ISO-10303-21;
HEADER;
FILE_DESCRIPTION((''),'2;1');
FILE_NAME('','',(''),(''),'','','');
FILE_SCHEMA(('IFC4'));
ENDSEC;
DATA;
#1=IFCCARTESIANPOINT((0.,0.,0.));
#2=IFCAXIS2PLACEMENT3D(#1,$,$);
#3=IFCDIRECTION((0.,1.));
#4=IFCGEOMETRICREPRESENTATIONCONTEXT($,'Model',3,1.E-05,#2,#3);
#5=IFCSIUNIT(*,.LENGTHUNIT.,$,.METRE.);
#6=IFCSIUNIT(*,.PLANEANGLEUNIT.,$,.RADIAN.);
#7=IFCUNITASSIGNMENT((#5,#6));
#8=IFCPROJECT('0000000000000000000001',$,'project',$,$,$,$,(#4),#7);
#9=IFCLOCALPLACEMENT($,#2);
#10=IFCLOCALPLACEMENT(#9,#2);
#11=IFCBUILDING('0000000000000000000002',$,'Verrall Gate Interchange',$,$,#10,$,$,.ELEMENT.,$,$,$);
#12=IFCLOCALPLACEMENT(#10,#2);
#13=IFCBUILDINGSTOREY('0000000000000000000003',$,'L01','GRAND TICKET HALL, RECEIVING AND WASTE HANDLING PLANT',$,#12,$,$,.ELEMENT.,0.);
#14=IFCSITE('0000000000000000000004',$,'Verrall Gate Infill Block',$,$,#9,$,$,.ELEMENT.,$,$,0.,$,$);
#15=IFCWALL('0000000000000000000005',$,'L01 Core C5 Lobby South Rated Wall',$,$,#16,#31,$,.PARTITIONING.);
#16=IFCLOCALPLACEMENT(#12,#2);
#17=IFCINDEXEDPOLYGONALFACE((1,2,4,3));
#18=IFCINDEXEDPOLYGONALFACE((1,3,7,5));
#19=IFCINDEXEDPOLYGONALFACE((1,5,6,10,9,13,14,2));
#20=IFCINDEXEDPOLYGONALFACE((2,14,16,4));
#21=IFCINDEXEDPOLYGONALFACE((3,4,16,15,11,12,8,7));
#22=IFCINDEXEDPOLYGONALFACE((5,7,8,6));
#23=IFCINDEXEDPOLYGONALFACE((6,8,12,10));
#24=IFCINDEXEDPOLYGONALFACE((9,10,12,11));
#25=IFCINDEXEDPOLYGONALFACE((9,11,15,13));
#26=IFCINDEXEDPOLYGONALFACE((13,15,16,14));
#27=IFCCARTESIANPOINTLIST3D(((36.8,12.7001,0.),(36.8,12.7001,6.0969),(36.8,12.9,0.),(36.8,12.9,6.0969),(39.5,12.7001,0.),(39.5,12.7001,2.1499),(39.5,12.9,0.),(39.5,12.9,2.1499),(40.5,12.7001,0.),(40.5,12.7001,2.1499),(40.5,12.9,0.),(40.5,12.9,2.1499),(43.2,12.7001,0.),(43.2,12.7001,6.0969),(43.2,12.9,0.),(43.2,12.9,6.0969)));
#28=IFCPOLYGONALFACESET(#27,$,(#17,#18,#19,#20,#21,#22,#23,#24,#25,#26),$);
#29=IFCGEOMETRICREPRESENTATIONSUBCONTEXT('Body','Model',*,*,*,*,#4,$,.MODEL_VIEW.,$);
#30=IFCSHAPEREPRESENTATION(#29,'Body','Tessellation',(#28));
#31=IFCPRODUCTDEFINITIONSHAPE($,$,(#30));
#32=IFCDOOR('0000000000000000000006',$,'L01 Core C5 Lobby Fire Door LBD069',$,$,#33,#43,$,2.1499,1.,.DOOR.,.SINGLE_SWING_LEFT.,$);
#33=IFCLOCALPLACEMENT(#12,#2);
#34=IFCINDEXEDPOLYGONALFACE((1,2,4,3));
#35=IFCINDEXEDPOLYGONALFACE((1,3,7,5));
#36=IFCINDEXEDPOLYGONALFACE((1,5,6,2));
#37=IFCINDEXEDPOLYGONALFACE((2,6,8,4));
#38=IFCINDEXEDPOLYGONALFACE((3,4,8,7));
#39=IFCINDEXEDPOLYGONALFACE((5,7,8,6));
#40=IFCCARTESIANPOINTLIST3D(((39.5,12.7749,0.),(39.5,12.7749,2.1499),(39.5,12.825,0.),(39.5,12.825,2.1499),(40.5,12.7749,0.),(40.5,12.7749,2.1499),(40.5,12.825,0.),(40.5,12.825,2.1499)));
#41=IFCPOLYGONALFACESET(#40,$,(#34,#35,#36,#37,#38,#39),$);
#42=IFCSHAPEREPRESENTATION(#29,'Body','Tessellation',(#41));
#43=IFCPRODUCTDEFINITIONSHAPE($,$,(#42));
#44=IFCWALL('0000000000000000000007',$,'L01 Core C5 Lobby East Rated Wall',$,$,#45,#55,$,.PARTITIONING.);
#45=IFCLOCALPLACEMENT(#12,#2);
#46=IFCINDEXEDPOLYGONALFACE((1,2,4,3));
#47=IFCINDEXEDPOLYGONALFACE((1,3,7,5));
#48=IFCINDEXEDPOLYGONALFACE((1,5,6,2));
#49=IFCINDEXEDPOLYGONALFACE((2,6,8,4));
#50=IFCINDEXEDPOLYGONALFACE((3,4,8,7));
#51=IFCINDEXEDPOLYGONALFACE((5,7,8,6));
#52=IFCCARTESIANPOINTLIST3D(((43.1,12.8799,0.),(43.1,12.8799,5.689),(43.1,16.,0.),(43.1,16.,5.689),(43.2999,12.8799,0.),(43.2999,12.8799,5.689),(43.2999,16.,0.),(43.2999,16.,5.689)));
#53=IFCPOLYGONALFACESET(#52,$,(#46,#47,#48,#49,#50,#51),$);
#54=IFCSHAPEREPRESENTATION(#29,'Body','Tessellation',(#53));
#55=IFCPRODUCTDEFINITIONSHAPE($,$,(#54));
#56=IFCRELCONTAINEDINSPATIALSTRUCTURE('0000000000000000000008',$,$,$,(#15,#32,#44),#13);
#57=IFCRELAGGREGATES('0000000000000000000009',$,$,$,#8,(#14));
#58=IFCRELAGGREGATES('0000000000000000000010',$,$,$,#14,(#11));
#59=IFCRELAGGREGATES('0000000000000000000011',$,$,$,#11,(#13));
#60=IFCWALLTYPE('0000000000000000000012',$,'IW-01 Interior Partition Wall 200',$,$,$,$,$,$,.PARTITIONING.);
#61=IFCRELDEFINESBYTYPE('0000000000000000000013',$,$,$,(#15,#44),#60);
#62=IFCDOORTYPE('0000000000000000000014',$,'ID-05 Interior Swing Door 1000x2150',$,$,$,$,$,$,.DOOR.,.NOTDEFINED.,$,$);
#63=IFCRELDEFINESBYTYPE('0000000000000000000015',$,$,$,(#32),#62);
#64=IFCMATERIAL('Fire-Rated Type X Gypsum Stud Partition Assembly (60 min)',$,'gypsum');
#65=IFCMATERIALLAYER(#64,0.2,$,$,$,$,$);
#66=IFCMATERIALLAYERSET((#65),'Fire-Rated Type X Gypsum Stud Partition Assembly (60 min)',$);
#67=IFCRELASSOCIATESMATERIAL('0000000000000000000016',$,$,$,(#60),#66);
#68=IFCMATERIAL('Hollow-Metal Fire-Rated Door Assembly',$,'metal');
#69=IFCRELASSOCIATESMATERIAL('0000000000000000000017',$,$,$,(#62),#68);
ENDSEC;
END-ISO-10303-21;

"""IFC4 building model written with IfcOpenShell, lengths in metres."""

from ifc_helpers import new_model, si_unit, direction, frame, frame_2d, origin, place, context, subcontext, project, spatial, rectangle, extrude, material, layer, layer_set, type_object, element, fill, save


model = new_model("IFC4")

# Units and contexts
model_context = context("Model", 3, precision=1e-05, world=origin(), true_north=direction((0.0, 1.0)))
body_context = subcontext(model_context, "Body", "Model", "MODEL_VIEW")
ifc_project = project(units=[si_unit("LENGTHUNIT", "METRE"), si_unit("PLANEANGLEUNIT", "RADIAN")], contexts=[model_context])

# Site, building, storey
site_placement = place(None, origin())
site = spatial("IfcSite", under=ifc_project, at=site_placement, Name="Verrall Gate Infill Block", CompositionType="ELEMENT", RefElevation=0.0)
building_placement = place(site_placement, origin())
building = spatial("IfcBuilding", under=site, at=building_placement, Name="Verrall Gate Interchange", CompositionType="ELEMENT")
storey_placement = place(building_placement, origin())
storey = spatial("IfcBuildingStorey", under=building, at=storey_placement, Name="L01", Description="GRAND TICKET HALL, RECEIVING AND WASTE HANDLING PLANT", CompositionType="ELEMENT", Elevation=0.0)

# Wall, opening, door
ifc_material_1 = material(Name="Fire-Rated Type X Gypsum Stud Partition Assembly (60 min)", Category="gypsum")
ifc_layer_1 = layer(ifc_material_1, 0.2)
ifc_layer_set_1 = layer_set([ifc_layer_1], Name="Fire-Rated Type X Gypsum Stud Partition Assembly (60 min)")
wall_type = type_object("IfcWallType", Name="IW-01 Interior Partition Wall 200", PredefinedType="PARTITIONING", material=ifc_layer_set_1)
wall_1_placement = place(storey_placement, frame((36.8, 12.8, 0.0), z_axis=(0.0, 0.0, 1.0), x_axis=(1.0, 0.0, 0.0)))
wall_1 = element("IfcWall", 1, at=wall_1_placement, inside=storey, type_object=wall_type, Name="L01 Core C5 Lobby South Rated Wall", PredefinedType="PARTITIONING", context=body_context, shape_type="SweptSolid", body=[
    extrude(rectangle(XDim=6.3999, YDim=0.2, at=frame_2d((3.2, 0.0))), origin(), (0.0, 0.0, 1.0), 6.0969),
])
opening_placement = place(wall_1_placement, frame((2.7, 0.0, 0.0)))
opening = element("IfcOpeningElement", 2, at=opening_placement, cuts=wall_1, PredefinedType="OPENING", context=body_context, shape_type="SweptSolid", body=[
    extrude(rectangle(XDim=1.0, YDim=2.1499, at=frame_2d((0.5, 1.075))), frame((0.0, 0.1147, 0.0), z_axis=(0.0, -1.0, 0.0), x_axis=(1.0, 0.0, 0.0)), (0.0, 0.0, 1.0), 0.2297),
])
ifc_material_2 = material(Name="Hollow-Metal Fire-Rated Door Assembly", Category="metal")
door_type = type_object("IfcDoorType", Name="ID-05 Interior Swing Door 1000x2150", OperationType="NOTDEFINED", PredefinedType="DOOR", material=ifc_material_2)
door_placement = place(opening_placement, origin())
door = element("IfcDoor", 3, at=door_placement, inside=storey, type_object=door_type, Name="L01 Core C5 Lobby Fire Door LBD069", OperationType="SINGLE_SWING_LEFT", OverallHeight=2.1499, OverallWidth=1.0, PredefinedType="DOOR", context=body_context, shape_type="SweptSolid", body=[
    extrude(rectangle(XDim=1.0, YDim=2.1499, at=frame_2d((0.5, 1.075))), frame((0.0, 0.0249, 0.0), z_axis=(0.0, -1.0, 0.0), x_axis=(1.0, 0.0, 0.0)), (0.0, 0.0, 1.0), 0.05),
])
fill(opening, door)

# Wall
wall_2_placement = place(storey_placement, frame((43.2, 12.8799, 0.0), z_axis=(0.0, 0.0, 1.0), x_axis=(0.0, 1.0, 0.0)))
element("IfcWall", 4, at=wall_2_placement, inside=storey, type_object=wall_type, Name="L01 Core C5 Lobby East Rated Wall", PredefinedType="PARTITIONING", context=body_context, shape_type="SweptSolid", body=[
    extrude(rectangle(XDim=3.1201, YDim=0.2, at=frame_2d((1.5601, 0.0))), origin(), (0.0, 0.0, 1.0), 5.689),
])

save(model, "model.ifc")
